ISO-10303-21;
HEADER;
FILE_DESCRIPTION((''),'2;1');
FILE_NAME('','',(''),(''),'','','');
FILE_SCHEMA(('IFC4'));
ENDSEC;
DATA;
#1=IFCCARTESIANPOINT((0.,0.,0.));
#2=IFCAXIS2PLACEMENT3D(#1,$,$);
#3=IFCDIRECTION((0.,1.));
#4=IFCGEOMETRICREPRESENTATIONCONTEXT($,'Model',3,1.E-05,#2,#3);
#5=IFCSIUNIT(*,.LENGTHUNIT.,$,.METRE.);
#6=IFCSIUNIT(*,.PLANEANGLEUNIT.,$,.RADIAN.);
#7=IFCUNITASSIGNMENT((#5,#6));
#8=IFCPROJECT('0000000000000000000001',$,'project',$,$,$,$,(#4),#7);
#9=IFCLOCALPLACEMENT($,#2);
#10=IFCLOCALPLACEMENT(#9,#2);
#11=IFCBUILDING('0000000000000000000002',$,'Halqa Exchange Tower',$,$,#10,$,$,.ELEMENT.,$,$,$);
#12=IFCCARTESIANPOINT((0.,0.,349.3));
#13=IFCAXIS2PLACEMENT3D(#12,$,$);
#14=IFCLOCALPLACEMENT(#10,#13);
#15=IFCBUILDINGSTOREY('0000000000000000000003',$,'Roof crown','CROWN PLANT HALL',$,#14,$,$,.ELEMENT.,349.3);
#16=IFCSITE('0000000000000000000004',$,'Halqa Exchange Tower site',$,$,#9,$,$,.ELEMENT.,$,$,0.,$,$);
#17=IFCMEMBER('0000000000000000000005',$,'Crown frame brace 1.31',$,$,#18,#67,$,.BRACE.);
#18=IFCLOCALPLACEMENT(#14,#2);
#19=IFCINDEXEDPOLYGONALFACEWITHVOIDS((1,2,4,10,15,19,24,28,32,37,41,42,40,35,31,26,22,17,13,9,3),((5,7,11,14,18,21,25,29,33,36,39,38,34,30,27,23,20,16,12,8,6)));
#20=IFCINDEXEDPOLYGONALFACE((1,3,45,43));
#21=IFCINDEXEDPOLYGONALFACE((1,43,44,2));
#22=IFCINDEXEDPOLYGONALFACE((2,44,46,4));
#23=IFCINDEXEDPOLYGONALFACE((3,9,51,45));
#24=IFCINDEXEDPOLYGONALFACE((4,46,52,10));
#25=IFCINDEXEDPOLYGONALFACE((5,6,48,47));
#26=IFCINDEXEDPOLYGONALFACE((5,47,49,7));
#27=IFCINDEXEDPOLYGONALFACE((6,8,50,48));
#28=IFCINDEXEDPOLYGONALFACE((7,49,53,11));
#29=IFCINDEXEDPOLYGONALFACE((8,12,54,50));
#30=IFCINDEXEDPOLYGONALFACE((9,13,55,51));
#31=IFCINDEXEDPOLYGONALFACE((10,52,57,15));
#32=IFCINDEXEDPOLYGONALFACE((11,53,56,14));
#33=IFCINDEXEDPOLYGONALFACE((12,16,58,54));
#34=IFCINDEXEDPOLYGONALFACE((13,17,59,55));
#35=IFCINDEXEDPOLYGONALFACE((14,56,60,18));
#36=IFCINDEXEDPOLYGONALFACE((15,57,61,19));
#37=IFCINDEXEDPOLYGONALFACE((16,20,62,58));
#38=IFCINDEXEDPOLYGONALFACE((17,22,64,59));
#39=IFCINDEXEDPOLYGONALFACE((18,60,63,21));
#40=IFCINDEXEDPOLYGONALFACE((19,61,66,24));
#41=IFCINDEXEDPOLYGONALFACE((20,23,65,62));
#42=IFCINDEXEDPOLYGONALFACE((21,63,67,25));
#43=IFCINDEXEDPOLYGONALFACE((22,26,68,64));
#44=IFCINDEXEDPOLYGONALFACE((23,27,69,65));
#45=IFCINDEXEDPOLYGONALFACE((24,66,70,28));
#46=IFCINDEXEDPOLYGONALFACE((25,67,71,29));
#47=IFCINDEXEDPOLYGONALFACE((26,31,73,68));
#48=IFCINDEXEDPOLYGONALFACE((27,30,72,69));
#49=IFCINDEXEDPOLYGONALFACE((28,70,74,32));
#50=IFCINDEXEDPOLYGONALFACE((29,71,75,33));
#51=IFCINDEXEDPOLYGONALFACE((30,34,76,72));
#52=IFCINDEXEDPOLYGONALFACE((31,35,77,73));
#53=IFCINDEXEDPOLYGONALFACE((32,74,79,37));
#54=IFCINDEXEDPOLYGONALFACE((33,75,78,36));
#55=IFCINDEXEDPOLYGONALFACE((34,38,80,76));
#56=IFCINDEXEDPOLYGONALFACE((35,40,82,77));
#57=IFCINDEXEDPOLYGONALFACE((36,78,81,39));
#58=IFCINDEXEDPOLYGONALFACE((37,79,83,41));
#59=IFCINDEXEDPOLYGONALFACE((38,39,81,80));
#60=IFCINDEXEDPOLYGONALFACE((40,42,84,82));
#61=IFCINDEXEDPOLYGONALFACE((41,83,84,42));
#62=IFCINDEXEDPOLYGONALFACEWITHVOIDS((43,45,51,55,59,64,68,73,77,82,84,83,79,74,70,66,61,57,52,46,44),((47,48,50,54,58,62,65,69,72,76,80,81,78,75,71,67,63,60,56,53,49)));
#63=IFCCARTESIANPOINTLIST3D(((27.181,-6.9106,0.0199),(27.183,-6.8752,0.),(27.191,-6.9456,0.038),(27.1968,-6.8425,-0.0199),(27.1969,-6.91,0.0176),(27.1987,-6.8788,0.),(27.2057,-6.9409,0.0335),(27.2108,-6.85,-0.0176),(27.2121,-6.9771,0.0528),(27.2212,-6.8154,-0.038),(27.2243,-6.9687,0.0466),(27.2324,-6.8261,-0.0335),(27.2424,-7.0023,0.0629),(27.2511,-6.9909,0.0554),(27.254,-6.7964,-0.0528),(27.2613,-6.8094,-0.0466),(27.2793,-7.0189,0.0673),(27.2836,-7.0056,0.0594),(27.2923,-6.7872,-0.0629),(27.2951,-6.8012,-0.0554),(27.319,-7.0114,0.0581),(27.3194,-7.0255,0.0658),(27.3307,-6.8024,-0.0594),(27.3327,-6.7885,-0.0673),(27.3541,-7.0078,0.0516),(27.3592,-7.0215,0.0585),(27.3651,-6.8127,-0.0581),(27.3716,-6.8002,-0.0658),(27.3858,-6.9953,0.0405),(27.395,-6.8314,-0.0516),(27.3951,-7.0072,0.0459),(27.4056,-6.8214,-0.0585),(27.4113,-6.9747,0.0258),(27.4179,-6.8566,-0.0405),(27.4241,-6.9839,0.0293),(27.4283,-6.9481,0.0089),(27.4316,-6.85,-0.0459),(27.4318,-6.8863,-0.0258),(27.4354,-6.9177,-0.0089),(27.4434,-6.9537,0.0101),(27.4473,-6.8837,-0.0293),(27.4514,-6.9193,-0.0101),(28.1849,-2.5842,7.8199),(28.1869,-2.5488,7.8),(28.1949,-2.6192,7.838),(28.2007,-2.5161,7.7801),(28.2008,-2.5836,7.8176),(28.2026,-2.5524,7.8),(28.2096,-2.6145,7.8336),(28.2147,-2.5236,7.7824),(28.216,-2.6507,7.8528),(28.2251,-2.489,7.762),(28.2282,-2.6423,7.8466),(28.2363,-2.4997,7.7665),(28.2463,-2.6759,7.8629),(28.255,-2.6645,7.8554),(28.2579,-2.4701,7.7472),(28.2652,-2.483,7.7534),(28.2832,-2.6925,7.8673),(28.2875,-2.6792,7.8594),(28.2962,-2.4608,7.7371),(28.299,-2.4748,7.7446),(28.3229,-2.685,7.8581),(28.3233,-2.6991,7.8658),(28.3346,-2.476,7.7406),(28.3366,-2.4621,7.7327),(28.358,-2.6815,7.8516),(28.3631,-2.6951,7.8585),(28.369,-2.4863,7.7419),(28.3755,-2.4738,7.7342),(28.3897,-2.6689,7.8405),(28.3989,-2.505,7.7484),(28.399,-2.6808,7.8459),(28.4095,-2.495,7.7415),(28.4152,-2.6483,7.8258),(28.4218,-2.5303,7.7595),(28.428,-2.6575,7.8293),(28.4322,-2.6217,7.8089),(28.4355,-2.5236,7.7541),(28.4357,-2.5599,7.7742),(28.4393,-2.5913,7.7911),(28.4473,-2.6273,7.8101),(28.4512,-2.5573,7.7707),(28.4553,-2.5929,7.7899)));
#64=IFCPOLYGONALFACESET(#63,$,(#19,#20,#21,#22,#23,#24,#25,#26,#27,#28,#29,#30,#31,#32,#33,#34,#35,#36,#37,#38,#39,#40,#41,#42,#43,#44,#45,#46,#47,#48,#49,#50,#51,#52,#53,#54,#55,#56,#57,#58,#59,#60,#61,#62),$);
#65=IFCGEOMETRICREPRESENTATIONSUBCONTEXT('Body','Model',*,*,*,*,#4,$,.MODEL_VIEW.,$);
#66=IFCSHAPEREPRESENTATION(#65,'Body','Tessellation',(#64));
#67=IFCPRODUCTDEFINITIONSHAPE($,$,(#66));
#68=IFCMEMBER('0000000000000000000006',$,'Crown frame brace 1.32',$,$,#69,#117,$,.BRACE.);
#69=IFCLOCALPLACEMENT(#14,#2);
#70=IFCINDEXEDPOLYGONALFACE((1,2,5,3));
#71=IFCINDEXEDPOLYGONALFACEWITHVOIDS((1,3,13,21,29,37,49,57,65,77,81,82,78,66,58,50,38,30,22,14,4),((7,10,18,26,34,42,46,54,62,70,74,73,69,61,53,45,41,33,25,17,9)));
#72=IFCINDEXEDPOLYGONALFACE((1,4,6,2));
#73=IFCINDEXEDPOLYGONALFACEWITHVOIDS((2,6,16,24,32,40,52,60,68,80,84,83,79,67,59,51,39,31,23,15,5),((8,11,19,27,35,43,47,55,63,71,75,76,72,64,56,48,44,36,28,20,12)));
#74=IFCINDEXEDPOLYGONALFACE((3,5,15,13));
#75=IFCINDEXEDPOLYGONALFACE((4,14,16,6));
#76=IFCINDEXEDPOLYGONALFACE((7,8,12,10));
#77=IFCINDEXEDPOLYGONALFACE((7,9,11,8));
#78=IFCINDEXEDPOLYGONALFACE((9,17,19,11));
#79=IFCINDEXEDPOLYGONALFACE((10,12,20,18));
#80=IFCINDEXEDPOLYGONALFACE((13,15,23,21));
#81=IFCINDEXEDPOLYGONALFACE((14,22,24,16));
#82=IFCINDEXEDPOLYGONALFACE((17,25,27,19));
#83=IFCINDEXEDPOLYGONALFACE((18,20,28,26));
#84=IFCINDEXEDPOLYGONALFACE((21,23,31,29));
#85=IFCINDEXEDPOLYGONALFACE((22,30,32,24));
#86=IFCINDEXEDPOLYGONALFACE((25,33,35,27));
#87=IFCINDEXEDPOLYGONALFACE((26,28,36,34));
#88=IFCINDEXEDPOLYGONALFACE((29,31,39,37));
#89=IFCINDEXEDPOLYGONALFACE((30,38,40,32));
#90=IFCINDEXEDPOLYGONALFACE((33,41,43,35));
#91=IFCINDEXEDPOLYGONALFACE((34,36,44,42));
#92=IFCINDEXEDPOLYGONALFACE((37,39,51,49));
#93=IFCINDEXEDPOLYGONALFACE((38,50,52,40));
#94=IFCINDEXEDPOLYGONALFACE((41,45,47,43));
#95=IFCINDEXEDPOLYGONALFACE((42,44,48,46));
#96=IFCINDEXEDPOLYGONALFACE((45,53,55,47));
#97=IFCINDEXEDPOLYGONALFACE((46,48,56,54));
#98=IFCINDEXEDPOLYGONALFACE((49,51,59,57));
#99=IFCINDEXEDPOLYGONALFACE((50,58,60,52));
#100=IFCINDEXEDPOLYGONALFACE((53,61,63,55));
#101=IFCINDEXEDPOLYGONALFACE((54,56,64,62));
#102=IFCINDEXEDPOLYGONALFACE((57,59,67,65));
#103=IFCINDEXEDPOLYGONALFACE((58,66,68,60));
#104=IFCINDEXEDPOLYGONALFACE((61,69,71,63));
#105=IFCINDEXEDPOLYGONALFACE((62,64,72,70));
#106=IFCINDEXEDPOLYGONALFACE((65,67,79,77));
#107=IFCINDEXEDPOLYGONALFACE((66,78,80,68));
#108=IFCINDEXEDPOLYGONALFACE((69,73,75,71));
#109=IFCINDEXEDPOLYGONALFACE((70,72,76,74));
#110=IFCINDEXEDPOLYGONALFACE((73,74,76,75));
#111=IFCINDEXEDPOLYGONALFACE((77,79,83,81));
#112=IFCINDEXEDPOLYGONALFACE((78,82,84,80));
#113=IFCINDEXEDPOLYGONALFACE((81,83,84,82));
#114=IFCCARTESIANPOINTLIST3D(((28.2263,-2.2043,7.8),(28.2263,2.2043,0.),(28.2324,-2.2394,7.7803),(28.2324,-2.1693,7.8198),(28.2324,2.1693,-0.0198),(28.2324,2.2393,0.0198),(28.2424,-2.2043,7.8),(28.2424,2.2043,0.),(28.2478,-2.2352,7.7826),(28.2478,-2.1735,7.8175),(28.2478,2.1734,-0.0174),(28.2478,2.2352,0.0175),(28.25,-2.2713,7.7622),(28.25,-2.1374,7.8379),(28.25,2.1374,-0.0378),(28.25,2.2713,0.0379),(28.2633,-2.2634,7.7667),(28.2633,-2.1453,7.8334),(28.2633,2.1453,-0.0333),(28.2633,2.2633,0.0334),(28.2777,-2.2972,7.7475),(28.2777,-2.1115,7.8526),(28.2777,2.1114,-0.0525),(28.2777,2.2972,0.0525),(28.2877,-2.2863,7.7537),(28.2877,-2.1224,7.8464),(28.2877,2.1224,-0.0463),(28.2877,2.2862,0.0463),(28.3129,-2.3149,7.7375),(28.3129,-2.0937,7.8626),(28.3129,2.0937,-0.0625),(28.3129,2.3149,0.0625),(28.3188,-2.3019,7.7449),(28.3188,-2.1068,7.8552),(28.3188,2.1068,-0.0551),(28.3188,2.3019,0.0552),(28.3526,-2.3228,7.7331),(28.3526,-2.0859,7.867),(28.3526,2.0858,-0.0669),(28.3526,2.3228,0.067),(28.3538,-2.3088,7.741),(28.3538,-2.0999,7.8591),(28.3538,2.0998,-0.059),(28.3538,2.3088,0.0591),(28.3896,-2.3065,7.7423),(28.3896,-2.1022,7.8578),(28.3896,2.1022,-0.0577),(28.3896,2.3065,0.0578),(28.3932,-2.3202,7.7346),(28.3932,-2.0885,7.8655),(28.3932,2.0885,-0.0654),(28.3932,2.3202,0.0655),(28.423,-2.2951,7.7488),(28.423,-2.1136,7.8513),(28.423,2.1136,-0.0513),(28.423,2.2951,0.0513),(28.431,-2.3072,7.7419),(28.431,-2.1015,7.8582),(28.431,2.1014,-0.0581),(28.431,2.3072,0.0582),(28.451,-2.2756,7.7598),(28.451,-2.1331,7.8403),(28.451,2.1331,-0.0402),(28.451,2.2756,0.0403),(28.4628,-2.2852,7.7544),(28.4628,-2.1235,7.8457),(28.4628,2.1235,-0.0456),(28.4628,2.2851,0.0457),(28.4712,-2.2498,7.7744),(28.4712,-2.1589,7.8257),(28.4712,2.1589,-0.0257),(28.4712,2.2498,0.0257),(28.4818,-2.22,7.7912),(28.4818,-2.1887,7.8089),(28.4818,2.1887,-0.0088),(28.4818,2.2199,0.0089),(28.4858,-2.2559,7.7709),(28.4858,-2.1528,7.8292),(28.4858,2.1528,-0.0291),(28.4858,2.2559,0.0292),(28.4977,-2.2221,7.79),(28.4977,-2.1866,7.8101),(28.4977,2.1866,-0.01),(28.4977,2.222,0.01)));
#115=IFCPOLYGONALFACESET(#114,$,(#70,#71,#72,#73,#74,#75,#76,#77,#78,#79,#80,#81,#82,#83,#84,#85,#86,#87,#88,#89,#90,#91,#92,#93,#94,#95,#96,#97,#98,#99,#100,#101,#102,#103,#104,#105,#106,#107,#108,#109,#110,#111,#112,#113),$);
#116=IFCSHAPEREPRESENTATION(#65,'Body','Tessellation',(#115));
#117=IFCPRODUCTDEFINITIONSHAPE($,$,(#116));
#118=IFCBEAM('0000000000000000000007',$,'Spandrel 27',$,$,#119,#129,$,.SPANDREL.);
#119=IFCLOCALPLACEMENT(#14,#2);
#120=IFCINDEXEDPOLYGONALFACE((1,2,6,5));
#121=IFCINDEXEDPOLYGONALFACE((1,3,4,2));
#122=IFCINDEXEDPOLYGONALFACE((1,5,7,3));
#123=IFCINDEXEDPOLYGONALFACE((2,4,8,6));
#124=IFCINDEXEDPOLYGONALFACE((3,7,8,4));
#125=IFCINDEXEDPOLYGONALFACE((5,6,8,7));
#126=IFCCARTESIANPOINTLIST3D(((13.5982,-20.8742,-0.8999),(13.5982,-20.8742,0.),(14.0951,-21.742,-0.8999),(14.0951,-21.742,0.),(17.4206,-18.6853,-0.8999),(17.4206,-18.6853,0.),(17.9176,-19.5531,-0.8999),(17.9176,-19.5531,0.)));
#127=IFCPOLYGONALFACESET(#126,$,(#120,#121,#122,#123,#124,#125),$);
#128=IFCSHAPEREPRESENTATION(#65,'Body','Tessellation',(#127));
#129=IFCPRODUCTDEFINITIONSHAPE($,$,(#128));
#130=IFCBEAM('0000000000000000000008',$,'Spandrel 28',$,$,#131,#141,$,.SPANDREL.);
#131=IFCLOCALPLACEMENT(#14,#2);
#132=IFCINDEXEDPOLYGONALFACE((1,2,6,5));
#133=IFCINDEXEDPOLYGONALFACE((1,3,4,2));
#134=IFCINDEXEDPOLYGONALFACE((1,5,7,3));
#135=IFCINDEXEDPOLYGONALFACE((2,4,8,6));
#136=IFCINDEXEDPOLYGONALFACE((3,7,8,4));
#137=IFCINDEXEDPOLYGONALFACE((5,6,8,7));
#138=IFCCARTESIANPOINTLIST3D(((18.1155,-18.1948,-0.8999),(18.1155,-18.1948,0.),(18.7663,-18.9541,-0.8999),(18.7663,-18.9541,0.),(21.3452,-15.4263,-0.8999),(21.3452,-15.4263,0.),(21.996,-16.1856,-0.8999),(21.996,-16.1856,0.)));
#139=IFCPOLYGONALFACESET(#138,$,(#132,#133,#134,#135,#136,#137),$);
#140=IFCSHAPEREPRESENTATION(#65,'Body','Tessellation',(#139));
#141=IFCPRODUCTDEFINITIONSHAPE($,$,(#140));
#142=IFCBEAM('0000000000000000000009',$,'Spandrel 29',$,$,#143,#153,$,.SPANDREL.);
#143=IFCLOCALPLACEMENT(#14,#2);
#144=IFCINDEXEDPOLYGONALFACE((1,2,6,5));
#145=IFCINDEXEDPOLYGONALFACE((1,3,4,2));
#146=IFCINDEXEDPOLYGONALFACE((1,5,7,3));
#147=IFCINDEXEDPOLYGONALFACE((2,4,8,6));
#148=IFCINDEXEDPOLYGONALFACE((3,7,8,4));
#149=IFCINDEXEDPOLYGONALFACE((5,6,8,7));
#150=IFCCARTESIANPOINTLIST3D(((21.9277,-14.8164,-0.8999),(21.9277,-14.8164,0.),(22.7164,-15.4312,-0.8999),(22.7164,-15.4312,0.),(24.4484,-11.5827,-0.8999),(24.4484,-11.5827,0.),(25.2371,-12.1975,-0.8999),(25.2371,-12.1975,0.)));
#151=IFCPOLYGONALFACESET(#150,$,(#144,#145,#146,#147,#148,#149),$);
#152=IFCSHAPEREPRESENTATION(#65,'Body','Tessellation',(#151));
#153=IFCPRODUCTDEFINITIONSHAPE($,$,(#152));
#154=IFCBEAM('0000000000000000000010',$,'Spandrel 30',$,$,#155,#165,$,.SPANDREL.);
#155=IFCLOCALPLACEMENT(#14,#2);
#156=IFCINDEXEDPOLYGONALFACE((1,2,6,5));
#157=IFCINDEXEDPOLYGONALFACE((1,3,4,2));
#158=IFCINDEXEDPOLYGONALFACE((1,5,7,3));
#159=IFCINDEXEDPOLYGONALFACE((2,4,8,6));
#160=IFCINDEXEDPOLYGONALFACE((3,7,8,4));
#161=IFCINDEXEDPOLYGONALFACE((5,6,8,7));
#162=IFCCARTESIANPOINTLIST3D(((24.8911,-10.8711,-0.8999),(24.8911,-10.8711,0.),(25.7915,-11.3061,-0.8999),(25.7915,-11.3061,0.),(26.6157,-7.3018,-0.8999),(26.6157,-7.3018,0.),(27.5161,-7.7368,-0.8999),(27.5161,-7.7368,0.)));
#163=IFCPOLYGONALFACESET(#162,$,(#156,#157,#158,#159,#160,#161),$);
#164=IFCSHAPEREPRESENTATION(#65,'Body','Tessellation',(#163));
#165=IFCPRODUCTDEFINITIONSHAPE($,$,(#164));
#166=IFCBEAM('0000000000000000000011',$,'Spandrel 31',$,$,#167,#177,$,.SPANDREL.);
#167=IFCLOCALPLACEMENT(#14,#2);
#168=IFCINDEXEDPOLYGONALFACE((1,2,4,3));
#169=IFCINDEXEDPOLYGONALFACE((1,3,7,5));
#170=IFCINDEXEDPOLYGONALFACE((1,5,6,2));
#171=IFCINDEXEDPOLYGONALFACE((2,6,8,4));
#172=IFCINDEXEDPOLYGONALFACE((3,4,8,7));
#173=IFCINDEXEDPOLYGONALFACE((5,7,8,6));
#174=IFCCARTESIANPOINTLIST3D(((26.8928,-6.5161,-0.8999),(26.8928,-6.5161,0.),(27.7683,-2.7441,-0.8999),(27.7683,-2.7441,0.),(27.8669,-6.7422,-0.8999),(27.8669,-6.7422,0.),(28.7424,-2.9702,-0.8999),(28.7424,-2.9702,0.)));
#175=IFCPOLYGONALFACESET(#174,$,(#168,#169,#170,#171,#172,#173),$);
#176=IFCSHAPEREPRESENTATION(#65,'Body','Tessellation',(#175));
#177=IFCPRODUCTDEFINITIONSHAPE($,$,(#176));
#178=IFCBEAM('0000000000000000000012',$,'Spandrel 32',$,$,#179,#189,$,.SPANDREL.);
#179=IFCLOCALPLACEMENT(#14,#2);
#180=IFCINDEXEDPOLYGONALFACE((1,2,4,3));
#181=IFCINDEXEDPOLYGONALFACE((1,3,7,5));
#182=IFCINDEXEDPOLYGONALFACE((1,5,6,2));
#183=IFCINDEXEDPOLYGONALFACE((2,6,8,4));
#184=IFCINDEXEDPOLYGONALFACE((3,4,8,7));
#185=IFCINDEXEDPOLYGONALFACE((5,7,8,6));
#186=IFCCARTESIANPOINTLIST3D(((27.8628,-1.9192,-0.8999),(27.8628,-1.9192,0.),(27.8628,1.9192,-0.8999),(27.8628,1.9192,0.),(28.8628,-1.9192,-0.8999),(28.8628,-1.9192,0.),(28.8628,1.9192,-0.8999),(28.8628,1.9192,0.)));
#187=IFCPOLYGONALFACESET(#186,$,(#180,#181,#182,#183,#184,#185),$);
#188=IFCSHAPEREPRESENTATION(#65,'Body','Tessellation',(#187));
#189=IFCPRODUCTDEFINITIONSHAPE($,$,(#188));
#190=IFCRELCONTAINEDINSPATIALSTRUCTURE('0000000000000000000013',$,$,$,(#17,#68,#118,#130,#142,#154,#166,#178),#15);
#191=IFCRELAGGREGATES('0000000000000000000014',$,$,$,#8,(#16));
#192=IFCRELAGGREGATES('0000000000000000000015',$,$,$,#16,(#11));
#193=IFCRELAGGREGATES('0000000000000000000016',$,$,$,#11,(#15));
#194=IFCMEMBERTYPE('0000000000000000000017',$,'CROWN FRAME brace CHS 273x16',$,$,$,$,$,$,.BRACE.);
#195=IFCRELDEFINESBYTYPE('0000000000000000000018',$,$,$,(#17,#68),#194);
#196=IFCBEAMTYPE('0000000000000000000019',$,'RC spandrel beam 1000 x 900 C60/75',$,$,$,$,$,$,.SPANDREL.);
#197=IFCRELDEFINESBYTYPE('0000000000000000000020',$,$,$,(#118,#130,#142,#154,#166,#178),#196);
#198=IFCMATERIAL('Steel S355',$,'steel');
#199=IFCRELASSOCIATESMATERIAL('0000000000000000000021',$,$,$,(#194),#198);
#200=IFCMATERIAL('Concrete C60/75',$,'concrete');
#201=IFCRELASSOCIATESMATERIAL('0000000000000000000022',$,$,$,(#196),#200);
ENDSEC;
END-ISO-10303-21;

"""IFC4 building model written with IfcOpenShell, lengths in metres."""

from ifc_helpers import new_model, si_unit, direction, frame, origin, origin_2d, place, context, subcontext, project, spatial, rectangle, hollow_circle, extrude, material, material_profile, profile_set, type_object, element, save


model = new_model("IFC4")

# Units and contexts
model_context = context("Model", 3, precision=1e-05, world=origin(), true_north=direction((0.0, 1.0)))
body_context = subcontext(model_context, "Body", "Model", "MODEL_VIEW")
ifc_project = project(units=[si_unit("LENGTHUNIT", "METRE"), si_unit("PLANEANGLEUNIT", "RADIAN")], contexts=[model_context])

# Site, building, storey
site_placement = place(None, origin())
site = spatial("IfcSite", under=ifc_project, at=site_placement, Name="Halqa Exchange Tower site", CompositionType="ELEMENT", RefElevation=0.0)
building_placement = place(site_placement, origin())
building = spatial("IfcBuilding", under=site, at=building_placement, Name="Halqa Exchange Tower", CompositionType="ELEMENT")
storey_placement = place(building_placement, frame((0.0, 0.0, 349.3)))
storey = spatial("IfcBuildingStorey", under=building, at=storey_placement, Name="Roof crown", Description="CROWN PLANT HALL", CompositionType="ELEMENT", Elevation=349.3)

# Shared definitions
ifc_material_1 = material(Name="Steel S355", Category="steel")

# Members
ifc_material_profile_1 = material_profile(ifc_material_1, hollow_circle(Radius=0.1365, WallThickness=0.0161, at=origin_2d()), Name="CHS 273x16")
ifc_profile_set_1 = profile_set([ifc_material_profile_1], Name="Steel S355")
member_type = type_object("IfcMemberType", Name="CROWN FRAME brace CHS 273x16", PredefinedType="BRACE", material=ifc_profile_set_1)
member_1_placement = place(storey_placement, frame((27.3159, -6.906, 0.0), z_axis=(0.111845, 0.482005, 0.869001), x_axis=(-0.974119, 0.226036, 0.0)))
element("IfcMember", 1, at=member_1_placement, inside=storey, type_object=member_type, Name="Crown frame brace 1.31", PredefinedType="BRACE", context=body_context, shape_type="SweptSolid", body=[
    extrude(hollow_circle(Radius=0.1365, WallThickness=0.0161, at=origin_2d()), origin(), (0.0, 0.0, 1.0), 8.9758),
])
member_2_placement = place(storey_placement, frame((28.3628, -2.2043, 7.8), z_axis=(0.0, 0.492055, -0.870564), x_axis=(-1.0, 0.0, 0.0)))
element("IfcMember", 2, at=member_2_placement, inside=storey, type_object=member_type, Name="Crown frame brace 1.32", PredefinedType="BRACE", context=body_context, shape_type="SweptSolid", body=[
    extrude(hollow_circle(Radius=0.1365, WallThickness=0.0161, at=origin_2d()), origin(), (0.0, 0.0, 1.0), 8.9597),
])

# Beams
ifc_material_2 = material(Name="Concrete C60/75", Category="concrete")
ifc_material_profile_2 = material_profile(ifc_material_2, rectangle(XDim=1.0, YDim=0.8999, at=origin_2d()), Name="1000 x 900")
ifc_profile_set_2 = profile_set([ifc_material_profile_2], Name="Concrete C60/75")
beam_type = type_object("IfcBeamType", Name="RC spandrel beam 1000 x 900 C60/75", PredefinedType="SPANDREL", material=ifc_profile_set_2)
beam_1_placement = place(storey_placement, frame((13.8467, -21.3081, -0.45), z_axis=(0.867786, 0.496939, 0.0), x_axis=(-0.496939, 0.867786, 0.0)))
element("IfcBeam", 3, at=beam_1_placement, inside=storey, type_object=beam_type, Name="Spandrel 27", PredefinedType="SPANDREL", context=body_context, shape_type="SweptSolid", body=[
    extrude(rectangle(XDim=1.0, YDim=0.8999, at=origin_2d()), origin(), (0.0, 0.0, 1.0), 4.4048),
])
beam_2_placement = place(storey_placement, frame((18.4409, -18.5745, -0.45), z_axis=(0.759232, 0.65082, 0.0), x_axis=(-0.65082, 0.759232, 0.0)))
element("IfcBeam", 4, at=beam_2_placement, inside=storey, type_object=beam_type, Name="Spandrel 28", PredefinedType="SPANDREL", context=body_context, shape_type="SweptSolid", body=[
    extrude(rectangle(XDim=1.0, YDim=0.8999, at=origin_2d()), origin(), (0.0, 0.0, 1.0), 4.2539),
])
beam_3_placement = place(storey_placement, frame((22.322, -15.1238, -0.45), z_axis=(0.614806, 0.788678, 0.0), x_axis=(-0.788678, 0.614806, 0.0)))
element("IfcBeam", 5, at=beam_3_placement, inside=storey, type_object=beam_type, Name="Spandrel 29", PredefinedType="SPANDREL", context=body_context, shape_type="SweptSolid", body=[
    extrude(rectangle(XDim=1.0, YDim=0.8999, at=origin_2d()), origin(), (0.0, 0.0, 1.0), 4.1001),
])
beam_4_placement = place(storey_placement, frame((25.3413, -11.0886, -0.45), z_axis=(0.435052, 0.900405, 0.0), x_axis=(-0.900405, 0.435052, 0.0)))
element("IfcBeam", 6, at=beam_4_placement, inside=storey, type_object=beam_type, Name="Spandrel 30", PredefinedType="SPANDREL", context=body_context, shape_type="SweptSolid", body=[
    extrude(rectangle(XDim=1.0, YDim=0.8999, at=origin_2d()), origin(), (0.0, 0.0, 1.0), 3.9641),
])
beam_5_placement = place(storey_placement, frame((27.3799, -6.6292, -0.45), z_axis=(0.226093, 0.974106, 0.0), x_axis=(-0.974106, 0.226093, 0.0)))
element("IfcBeam", 7, at=beam_5_placement, inside=storey, type_object=beam_type, Name="Spandrel 31", PredefinedType="SPANDREL", context=body_context, shape_type="SweptSolid", body=[
    extrude(rectangle(XDim=1.0, YDim=0.8999, at=origin_2d()), origin(), (0.0, 0.0, 1.0), 3.8723),
])
beam_6_placement = place(storey_placement, frame((28.3628, -1.9192, -0.45), z_axis=(0.0, 1.0, 0.0), x_axis=(-1.0, 0.0, 0.0)))
element("IfcBeam", 8, at=beam_6_placement, inside=storey, type_object=beam_type, Name="Spandrel 32", PredefinedType="SPANDREL", context=body_context, shape_type="SweptSolid", body=[
    extrude(rectangle(XDim=1.0, YDim=0.8999, at=origin_2d()), origin(), (0.0, 0.0, 1.0), 3.8384),
])

save(model, "model.ifc")
